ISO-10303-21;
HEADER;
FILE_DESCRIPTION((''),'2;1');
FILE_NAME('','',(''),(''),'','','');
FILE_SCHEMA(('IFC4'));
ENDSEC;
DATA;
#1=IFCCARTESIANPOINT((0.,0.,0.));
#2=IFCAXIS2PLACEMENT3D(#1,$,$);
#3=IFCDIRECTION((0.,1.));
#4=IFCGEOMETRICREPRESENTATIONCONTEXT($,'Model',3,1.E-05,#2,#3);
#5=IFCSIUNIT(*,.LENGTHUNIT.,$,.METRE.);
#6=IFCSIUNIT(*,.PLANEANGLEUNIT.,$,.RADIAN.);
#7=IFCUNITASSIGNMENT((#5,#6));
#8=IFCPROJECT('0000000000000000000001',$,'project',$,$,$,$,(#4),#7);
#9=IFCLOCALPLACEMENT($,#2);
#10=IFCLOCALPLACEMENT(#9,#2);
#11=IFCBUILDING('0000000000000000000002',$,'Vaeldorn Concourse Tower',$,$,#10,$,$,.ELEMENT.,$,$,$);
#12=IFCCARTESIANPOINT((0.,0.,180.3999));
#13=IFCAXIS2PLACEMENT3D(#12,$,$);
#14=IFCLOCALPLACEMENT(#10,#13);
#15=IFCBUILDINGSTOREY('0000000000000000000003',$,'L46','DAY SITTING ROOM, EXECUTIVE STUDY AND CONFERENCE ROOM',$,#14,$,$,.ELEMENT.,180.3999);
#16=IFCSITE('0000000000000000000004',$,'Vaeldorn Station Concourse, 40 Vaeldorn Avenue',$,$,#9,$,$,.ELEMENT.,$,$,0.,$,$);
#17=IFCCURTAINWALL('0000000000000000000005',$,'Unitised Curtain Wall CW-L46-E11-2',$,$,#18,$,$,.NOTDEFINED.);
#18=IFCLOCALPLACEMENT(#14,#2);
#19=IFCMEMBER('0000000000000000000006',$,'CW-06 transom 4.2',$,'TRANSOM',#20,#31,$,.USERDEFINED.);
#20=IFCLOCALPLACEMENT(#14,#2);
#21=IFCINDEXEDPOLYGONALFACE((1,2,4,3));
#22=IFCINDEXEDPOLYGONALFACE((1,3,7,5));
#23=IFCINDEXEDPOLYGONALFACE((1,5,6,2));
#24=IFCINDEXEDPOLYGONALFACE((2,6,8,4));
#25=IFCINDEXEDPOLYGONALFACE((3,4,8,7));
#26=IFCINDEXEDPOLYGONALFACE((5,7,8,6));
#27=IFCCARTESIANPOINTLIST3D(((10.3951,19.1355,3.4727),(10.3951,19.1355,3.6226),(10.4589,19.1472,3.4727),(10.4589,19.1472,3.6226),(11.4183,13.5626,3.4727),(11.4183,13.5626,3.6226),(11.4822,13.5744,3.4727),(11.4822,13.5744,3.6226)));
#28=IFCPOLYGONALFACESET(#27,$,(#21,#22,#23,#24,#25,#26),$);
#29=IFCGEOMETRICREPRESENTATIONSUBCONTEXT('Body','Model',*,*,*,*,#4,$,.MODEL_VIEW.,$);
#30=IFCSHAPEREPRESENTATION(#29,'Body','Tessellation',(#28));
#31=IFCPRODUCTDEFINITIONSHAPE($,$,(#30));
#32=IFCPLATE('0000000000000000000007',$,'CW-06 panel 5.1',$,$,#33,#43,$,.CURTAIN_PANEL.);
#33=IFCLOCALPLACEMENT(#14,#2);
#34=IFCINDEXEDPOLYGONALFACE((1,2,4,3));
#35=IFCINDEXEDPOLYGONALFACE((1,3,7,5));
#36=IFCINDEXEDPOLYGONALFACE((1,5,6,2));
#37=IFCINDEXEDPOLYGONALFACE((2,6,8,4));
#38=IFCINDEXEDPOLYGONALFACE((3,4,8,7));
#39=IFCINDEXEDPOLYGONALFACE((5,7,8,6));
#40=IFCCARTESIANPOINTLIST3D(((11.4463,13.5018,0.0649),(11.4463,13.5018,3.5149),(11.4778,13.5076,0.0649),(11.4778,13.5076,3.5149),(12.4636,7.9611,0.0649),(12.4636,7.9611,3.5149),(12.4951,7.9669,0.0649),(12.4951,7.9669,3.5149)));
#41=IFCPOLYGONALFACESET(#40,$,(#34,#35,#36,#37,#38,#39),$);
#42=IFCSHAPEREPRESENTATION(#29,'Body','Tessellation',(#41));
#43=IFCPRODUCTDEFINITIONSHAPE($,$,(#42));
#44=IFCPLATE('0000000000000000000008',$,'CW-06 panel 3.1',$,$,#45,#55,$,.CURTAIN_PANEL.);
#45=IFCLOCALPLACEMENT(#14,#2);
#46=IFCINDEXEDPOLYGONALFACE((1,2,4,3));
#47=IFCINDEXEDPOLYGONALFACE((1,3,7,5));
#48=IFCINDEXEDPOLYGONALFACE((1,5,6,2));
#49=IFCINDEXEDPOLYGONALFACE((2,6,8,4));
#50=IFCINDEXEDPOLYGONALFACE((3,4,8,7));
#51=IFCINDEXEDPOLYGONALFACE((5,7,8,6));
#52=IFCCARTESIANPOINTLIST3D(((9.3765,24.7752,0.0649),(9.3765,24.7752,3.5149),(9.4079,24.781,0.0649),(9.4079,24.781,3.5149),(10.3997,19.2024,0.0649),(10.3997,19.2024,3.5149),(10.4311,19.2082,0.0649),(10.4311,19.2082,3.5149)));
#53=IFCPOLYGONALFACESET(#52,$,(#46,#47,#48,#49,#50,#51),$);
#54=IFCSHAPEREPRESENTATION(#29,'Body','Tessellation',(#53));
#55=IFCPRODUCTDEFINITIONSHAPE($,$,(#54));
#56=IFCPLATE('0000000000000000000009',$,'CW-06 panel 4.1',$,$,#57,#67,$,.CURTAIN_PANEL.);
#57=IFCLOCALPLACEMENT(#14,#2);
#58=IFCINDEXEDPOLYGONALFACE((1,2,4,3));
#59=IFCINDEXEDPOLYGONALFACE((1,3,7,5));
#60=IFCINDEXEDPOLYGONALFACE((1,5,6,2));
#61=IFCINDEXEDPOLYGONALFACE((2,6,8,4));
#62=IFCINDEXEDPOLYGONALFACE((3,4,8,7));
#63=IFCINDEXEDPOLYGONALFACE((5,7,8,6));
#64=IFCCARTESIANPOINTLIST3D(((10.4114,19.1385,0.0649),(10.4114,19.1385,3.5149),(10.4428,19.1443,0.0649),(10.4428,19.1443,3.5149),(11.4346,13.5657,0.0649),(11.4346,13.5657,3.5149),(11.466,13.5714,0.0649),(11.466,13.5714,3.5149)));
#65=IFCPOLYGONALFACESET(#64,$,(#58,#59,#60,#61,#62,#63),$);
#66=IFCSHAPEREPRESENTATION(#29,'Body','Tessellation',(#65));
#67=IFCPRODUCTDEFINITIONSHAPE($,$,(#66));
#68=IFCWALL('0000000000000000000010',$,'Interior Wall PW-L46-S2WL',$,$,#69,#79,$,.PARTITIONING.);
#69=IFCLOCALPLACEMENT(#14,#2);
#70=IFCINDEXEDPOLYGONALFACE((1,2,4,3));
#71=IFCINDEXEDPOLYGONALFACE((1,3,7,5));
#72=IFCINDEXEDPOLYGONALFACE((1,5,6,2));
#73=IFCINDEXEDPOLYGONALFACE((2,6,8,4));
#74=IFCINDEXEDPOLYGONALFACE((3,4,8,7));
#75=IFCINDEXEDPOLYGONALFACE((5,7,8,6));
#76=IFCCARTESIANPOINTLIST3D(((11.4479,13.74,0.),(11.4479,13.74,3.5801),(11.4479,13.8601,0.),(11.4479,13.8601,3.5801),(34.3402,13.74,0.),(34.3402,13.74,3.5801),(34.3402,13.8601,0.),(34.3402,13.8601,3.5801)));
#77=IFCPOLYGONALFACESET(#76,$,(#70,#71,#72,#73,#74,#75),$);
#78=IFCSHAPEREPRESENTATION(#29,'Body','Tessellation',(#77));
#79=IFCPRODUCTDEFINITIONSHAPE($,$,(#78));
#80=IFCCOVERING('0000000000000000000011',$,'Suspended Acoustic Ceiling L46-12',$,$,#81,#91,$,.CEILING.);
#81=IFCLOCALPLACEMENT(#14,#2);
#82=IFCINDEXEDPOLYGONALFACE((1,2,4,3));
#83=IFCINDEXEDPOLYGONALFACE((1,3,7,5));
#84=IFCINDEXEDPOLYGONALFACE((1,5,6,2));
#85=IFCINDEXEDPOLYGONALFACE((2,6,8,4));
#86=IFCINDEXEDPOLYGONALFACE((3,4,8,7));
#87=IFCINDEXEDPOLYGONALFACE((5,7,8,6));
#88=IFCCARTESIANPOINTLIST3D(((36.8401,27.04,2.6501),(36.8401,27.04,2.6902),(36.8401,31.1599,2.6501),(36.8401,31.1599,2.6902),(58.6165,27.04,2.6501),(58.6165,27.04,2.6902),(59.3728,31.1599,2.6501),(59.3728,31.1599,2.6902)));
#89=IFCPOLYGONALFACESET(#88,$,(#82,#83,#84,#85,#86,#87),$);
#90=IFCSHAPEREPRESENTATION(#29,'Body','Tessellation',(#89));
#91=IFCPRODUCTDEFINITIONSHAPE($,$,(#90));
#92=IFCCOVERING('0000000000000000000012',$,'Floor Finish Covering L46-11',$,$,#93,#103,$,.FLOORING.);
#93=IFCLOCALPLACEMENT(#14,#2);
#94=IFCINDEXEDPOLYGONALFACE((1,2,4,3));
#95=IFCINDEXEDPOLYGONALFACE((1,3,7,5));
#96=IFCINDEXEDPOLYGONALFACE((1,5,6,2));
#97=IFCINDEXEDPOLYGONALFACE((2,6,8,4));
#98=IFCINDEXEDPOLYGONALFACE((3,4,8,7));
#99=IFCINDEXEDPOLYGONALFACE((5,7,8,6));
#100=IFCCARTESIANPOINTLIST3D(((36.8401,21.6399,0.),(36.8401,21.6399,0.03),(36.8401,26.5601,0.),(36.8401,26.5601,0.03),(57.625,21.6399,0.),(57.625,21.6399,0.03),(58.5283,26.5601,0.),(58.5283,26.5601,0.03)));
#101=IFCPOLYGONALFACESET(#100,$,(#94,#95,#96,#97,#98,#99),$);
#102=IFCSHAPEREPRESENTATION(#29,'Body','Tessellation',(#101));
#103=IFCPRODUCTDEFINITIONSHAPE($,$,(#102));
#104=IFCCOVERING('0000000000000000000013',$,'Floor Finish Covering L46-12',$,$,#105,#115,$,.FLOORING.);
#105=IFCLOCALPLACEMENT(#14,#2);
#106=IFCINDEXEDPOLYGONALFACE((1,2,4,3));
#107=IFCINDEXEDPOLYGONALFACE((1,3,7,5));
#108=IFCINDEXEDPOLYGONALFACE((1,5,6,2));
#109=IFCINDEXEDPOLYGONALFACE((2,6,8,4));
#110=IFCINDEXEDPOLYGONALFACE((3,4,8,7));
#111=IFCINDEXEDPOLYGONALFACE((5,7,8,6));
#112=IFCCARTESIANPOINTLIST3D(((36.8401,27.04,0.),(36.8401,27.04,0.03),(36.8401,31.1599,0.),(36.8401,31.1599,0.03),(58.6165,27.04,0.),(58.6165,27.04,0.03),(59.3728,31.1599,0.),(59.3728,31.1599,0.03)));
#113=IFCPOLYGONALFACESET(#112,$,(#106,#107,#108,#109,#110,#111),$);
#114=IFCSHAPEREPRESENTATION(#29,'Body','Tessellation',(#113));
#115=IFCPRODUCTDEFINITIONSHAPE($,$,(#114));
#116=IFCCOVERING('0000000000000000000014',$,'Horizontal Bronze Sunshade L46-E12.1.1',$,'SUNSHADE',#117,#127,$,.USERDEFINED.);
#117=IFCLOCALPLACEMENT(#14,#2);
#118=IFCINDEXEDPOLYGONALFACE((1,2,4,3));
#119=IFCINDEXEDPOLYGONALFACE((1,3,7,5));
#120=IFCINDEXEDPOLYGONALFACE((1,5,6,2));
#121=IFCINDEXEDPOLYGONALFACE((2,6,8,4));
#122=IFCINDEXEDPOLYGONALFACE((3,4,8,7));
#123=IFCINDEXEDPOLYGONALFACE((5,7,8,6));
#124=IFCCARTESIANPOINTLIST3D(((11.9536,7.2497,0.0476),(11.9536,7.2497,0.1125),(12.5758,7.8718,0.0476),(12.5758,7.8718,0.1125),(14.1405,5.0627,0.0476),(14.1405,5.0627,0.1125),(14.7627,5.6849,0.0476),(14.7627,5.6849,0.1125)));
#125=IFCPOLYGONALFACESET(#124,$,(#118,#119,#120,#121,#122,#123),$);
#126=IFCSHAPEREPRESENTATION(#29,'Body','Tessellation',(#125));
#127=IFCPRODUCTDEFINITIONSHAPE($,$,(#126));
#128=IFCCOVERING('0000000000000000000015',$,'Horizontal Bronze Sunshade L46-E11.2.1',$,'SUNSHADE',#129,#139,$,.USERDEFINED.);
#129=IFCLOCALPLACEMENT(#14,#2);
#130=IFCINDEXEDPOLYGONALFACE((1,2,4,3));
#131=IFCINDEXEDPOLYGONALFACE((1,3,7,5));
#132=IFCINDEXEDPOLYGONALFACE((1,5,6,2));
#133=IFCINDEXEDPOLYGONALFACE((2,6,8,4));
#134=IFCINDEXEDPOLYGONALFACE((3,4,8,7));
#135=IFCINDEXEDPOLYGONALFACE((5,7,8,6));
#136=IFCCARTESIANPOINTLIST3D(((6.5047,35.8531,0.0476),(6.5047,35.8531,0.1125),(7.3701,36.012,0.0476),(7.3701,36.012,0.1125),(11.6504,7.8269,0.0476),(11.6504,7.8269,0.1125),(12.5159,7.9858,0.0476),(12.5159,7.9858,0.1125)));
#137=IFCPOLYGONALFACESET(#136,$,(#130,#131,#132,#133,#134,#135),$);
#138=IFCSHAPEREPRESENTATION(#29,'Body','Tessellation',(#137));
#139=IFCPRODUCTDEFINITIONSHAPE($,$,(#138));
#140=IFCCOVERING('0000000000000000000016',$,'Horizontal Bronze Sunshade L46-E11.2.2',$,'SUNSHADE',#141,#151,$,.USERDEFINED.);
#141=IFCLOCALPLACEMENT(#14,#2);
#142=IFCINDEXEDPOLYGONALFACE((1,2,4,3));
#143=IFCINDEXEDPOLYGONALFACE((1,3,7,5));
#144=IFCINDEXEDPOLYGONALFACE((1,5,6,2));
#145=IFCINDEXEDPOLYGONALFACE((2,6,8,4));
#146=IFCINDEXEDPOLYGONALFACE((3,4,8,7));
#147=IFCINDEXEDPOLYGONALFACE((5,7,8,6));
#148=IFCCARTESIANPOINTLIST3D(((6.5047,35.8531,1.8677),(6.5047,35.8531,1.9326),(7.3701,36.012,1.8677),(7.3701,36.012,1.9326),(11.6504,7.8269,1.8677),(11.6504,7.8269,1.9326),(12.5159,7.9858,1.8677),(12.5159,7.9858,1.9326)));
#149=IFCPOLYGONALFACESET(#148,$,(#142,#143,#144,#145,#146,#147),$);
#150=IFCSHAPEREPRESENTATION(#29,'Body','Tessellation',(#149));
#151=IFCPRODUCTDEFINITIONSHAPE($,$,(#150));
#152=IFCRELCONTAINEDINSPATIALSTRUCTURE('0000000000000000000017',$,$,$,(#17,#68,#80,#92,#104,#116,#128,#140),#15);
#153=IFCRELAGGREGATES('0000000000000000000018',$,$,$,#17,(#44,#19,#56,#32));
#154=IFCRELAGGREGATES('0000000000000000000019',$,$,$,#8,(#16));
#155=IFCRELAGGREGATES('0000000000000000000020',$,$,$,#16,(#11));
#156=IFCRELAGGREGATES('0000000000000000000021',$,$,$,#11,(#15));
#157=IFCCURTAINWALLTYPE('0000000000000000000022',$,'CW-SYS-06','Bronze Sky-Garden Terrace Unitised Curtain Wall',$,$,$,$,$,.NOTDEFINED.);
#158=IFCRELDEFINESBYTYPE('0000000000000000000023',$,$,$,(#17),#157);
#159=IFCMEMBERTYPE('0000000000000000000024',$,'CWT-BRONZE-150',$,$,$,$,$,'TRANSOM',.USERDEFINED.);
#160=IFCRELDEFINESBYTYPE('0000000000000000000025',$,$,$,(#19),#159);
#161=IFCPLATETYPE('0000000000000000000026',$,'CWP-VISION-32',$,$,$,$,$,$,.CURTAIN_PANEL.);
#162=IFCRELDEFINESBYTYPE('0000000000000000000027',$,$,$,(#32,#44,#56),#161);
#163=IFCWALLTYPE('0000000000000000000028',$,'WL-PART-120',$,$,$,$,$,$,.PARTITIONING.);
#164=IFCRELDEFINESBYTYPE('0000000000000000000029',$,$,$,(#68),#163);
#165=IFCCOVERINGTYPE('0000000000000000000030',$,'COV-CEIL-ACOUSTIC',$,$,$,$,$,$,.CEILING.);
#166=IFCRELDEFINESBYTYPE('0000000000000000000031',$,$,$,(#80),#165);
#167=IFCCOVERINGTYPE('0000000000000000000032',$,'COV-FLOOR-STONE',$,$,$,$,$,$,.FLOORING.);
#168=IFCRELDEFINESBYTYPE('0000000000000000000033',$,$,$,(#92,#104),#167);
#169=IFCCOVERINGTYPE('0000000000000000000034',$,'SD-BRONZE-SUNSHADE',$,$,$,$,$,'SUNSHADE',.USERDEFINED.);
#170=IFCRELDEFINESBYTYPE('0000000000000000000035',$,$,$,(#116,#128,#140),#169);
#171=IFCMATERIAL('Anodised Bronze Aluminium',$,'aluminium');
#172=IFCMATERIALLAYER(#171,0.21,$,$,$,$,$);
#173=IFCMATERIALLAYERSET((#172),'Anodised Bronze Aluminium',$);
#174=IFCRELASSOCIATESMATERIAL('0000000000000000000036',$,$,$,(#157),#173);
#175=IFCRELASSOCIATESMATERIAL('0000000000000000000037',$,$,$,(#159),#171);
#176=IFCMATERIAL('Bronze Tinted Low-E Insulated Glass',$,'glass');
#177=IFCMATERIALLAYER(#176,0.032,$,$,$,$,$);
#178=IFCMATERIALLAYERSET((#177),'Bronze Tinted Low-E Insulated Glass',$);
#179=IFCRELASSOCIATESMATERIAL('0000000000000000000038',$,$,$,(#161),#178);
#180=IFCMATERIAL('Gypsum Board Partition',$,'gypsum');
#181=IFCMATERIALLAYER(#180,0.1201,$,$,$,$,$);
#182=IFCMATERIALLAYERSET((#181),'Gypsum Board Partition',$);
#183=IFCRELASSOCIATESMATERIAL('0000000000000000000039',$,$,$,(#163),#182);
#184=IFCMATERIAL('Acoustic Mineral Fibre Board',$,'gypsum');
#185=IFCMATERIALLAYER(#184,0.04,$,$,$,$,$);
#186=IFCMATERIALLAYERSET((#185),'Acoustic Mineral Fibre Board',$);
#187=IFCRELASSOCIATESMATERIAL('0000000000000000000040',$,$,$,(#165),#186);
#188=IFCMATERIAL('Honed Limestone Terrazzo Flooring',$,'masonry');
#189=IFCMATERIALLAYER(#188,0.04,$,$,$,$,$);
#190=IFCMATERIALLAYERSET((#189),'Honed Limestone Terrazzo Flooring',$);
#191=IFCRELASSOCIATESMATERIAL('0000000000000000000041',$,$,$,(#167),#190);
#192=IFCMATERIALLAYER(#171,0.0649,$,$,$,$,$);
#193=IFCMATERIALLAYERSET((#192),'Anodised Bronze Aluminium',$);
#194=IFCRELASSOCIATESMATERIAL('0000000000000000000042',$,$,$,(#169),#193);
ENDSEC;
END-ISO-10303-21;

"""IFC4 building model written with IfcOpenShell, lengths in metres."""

from ifc_helpers import new_model, si_unit, direction, frame, frame_2d, origin, origin_2d, place, context, subcontext, project, spatial, polyline, rectangle, outline, extrude, source, transform, mapped, material, layer, layer_set, material_profile, profile_set, type_object, element, aggregate, save


model = new_model("IFC4")

# Units and contexts
model_context = context("Model", 3, precision=1e-05, world=origin(), true_north=direction((0.0, 1.0)))
body_context = subcontext(model_context, "Body", "Model", "MODEL_VIEW")
ifc_project = project(units=[si_unit("LENGTHUNIT", "METRE"), si_unit("PLANEANGLEUNIT", "RADIAN")], contexts=[model_context])

# Site, building, storey
site_placement = place(None, origin())
site = spatial("IfcSite", under=ifc_project, at=site_placement, Name="Vaeldorn Station Concourse, 40 Vaeldorn Avenue", CompositionType="ELEMENT", RefElevation=0.0)
building_placement = place(site_placement, origin())
building = spatial("IfcBuilding", under=site, at=building_placement, Name="Vaeldorn Concourse Tower", CompositionType="ELEMENT")
storey_placement = place(building_placement, frame((0.0, 0.0, 180.3999)))
storey = spatial("IfcBuildingStorey", under=building, at=storey_placement, Name="L46", Description="DAY SITTING ROOM, EXECUTIVE STUDY AND CONFERENCE ROOM", CompositionType="ELEMENT", Elevation=180.3999)

# Curtain wall
ifc_material_1 = material(Name="Anodised Bronze Aluminium", Category="aluminium")
ifc_layer_1 = layer(ifc_material_1, 0.21)
ifc_layer_set_1 = layer_set([ifc_layer_1], Name="Anodised Bronze Aluminium")
curtain_wall_type = type_object("IfcCurtainWallType", Name="CW-SYS-06", Description="Bronze Sky-Garden Terrace Unitised Curtain Wall", PredefinedType="NOTDEFINED", material=ifc_layer_set_1)
curtain_wall_1_placement = place(storey_placement, origin())
curtain_wall_1 = element("IfcCurtainWall", 1, at=curtain_wall_1_placement, inside=storey, type_object=curtain_wall_type, Name="Unitised Curtain Wall CW-L46-E11-2", PredefinedType="NOTDEFINED")
ifc_material_profile_1 = material_profile(ifc_material_1, rectangle(XDim=0.0649, YDim=0.1499, at=origin_2d()), Name="CWT 65x150")
ifc_profile_set_1 = profile_set([ifc_material_profile_1], Name="Anodised Bronze Aluminium")
member_type_1 = type_object("IfcMemberType", Name="CWT-BRONZE-150", ElementType="TRANSOM", PredefinedType="USERDEFINED", material=ifc_profile_set_1)

# Member
shared_shape_1 = source(origin(), body_context, "Body", "SweptSolid", [
    extrude(rectangle(XDim=0.0649, YDim=0.1499, at=origin_2d()), origin(), (0.0, 0.0, 1.0), 5.666),
])
member_1_placement = place(storey_placement, frame((10.427, 19.1414, 3.5476), z_axis=(0.180588, -0.983559, 0.0), x_axis=(0.983559, 0.180588, 0.0)))
member_1 = element("IfcMember", 2, at=member_1_placement, type_object=member_type_1, Name="CW-06 transom 4.2", ObjectType="TRANSOM", PredefinedType="USERDEFINED", context=body_context, shape_type="MappedRepresentation", body=[
    mapped(shared_shape_1, transform((0.0, 0.0, 0.0), scale=1.0)),
])

# Plates
ifc_material_2 = material(Name="Bronze Tinted Low-E Insulated Glass", Category="glass")
ifc_layer_2 = layer(ifc_material_2, 0.032)
ifc_layer_set_2 = layer_set([ifc_layer_2], Name="Bronze Tinted Low-E Insulated Glass")
plate_type = type_object("IfcPlateType", Name="CWP-VISION-32", PredefinedType="CURTAIN_PANEL", material=ifc_layer_set_2)
shared_shape_2 = source(origin(), body_context, "Body", "SweptSolid", [
    extrude(rectangle(XDim=5.6333, YDim=0.032, at=origin_2d()), origin(), (0.0, 0.0, 1.0), 3.45),
])
plate_1_placement = place(storey_placement, frame((11.9707, 10.7344, 0.0649), z_axis=(0.0, 0.0, 1.0), x_axis=(0.180585, -0.983559, 0.0)))
plate_1 = element("IfcPlate", 3, at=plate_1_placement, type_object=plate_type, Name="CW-06 panel 5.1", PredefinedType="CURTAIN_PANEL", context=body_context, shape_type="MappedRepresentation", body=[
    mapped(shared_shape_2, transform((0.0, 0.0, 0.0), scale=1.0)),
])
shared_shape_3 = source(origin(), body_context, "Body", "SweptSolid", [
    extrude(rectangle(XDim=5.666, YDim=0.032, at=origin_2d()), origin(), (0.0, 0.0, 1.0), 3.45),
])
plate_2_placement = place(storey_placement, frame((9.9038, 21.9917, 0.0649), z_axis=(0.0, 0.0, 1.0), x_axis=(0.180585, -0.983559, 0.0)))
plate_2 = element("IfcPlate", 4, at=plate_2_placement, type_object=plate_type, Name="CW-06 panel 3.1", PredefinedType="CURTAIN_PANEL", context=body_context, shape_type="MappedRepresentation", body=[
    mapped(shared_shape_3, transform((0.0, 0.0, 0.0), scale=1.0)),
])
plate_3_placement = place(storey_placement, frame((10.9387, 16.355, 0.0649), z_axis=(0.0, 0.0, 1.0), x_axis=(0.180585, -0.983559, 0.0)))
plate_3 = element("IfcPlate", 5, at=plate_3_placement, type_object=plate_type, Name="CW-06 panel 4.1", PredefinedType="CURTAIN_PANEL", context=body_context, shape_type="MappedRepresentation", body=[
    mapped(shared_shape_3, transform((0.0, 0.0, 0.0), scale=1.0)),
])
aggregate(curtain_wall_1, [plate_2, member_1, plate_3, plate_1])

# Wall
ifc_material_3 = material(Name="Gypsum Board Partition", Category="gypsum")
ifc_layer_3 = layer(ifc_material_3, 0.1201)
ifc_layer_set_3 = layer_set([ifc_layer_3], Name="Gypsum Board Partition")
wall_type = type_object("IfcWallType", Name="WL-PART-120", PredefinedType="PARTITIONING", material=ifc_layer_set_3)
wall_placement = place(storey_placement, frame((11.4478, 13.8, 0.0), z_axis=(0.0, 0.0, 1.0), x_axis=(1.0, 0.0, 0.0)))
element("IfcWall", 6, at=wall_placement, inside=storey, type_object=wall_type, Name="Interior Wall PW-L46-S2WL", PredefinedType="PARTITIONING", context=body_context, shape_type="SweptSolid", body=[
    extrude(rectangle(XDim=22.8923, YDim=0.1201, at=frame_2d((11.4463, 0.0))), origin(), (0.0, 0.0, 1.0), 3.5801),
])

# Coverings
ifc_material_4 = material(Name="Acoustic Mineral Fibre Board", Category="gypsum")
ifc_layer_4 = layer(ifc_material_4, 0.04)
ifc_layer_set_4 = layer_set([ifc_layer_4], Name="Acoustic Mineral Fibre Board")
covering_type_1 = type_object("IfcCoveringType", Name="COV-CEIL-ACOUSTIC", PredefinedType="CEILING", material=ifc_layer_set_4)
covering_1_placement = place(storey_placement, frame((0.0, 0.0, 2.6501)))
element("IfcCovering", 7, at=covering_1_placement, inside=storey, type_object=covering_type_1, Name="Suspended Acoustic Ceiling L46-12", PredefinedType="CEILING", context=body_context, shape_type="SweptSolid", body=[
    extrude(outline(polyline([(36.8401, 31.1599), (59.3728, 31.1599), (58.6165, 27.04), (36.8401, 27.04), (36.8401, 31.1599)])), origin(), (0.0, 0.0, 1.0), 0.04),
])
ifc_material_5 = material(Name="Honed Limestone Terrazzo Flooring", Category="masonry")
ifc_layer_5 = layer(ifc_material_5, 0.04)
ifc_layer_set_5 = layer_set([ifc_layer_5], Name="Honed Limestone Terrazzo Flooring")
covering_type_2 = type_object("IfcCoveringType", Name="COV-FLOOR-STONE", PredefinedType="FLOORING", material=ifc_layer_set_5)
covering_2_placement = place(storey_placement, origin())
element("IfcCovering", 8, at=covering_2_placement, inside=storey, type_object=covering_type_2, Name="Floor Finish Covering L46-11", PredefinedType="FLOORING", context=body_context, shape_type="SweptSolid", body=[
    extrude(outline(polyline([(36.8401, 21.6399), (36.8401, 26.5601), (58.5283, 26.5601), (57.625, 21.6399), (36.8401, 21.6399)])), origin(), (0.0, 0.0, 1.0), 0.03),
])
covering_3_placement = place(storey_placement, origin())
element("IfcCovering", 9, at=covering_3_placement, inside=storey, type_object=covering_type_2, Name="Floor Finish Covering L46-12", PredefinedType="FLOORING", context=body_context, shape_type="SweptSolid", body=[
    extrude(outline(polyline([(36.8401, 31.1599), (59.3728, 31.1599), (58.6165, 27.04), (36.8401, 27.04), (36.8401, 31.1599)])), origin(), (0.0, 0.0, 1.0), 0.03),
])
ifc_layer_6 = layer(ifc_material_1, 0.0649)
ifc_layer_set_6 = layer_set([ifc_layer_6], Name="Anodised Bronze Aluminium")
covering_type_3 = type_object("IfcCoveringType", Name="SD-BRONZE-SUNSHADE", ElementType="SUNSHADE", PredefinedType="USERDEFINED", material=ifc_layer_set_6)
shared_shape_4 = source(origin(), body_context, "Body", "SweptSolid", [
    extrude(rectangle(XDim=3.0928, YDim=0.8799, at=origin_2d()), origin(), (0.0, 0.0, 1.0), 0.0649),
])
covering_4_placement = place(storey_placement, frame((13.3582, 6.4673, 0.0476), z_axis=(0.0, 0.0, 1.0), x_axis=(0.707107, -0.707107, 0.0)))
element("IfcCovering", 10, at=covering_4_placement, inside=storey, type_object=covering_type_3, Name="Horizontal Bronze Sunshade L46-E12.1.1", ObjectType="SUNSHADE", PredefinedType="USERDEFINED", context=body_context, shape_type="MappedRepresentation", body=[
    mapped(shared_shape_4, transform((0.0, 0.0, 0.0), scale=1.0)),
])
shared_shape_5 = source(origin(), body_context, "Body", "SweptSolid", [
    extrude(rectangle(XDim=28.4946, YDim=0.8799, at=origin_2d()), origin(), (0.0, 0.0, 1.0), 0.0649),
])
for number, where, z_axis, x_axis, name in (
    (11, (9.5103, 21.9194, 0.0476), (0.0, 0.0, 1.0), (0.180588, -0.983559, 0.0), "Horizontal Bronze Sunshade L46-E11.2.1"),
    (12, (9.5103, 21.9194, 1.8677), (0.0, 0.0, 1.0), (0.180588, -0.983559, 0.0), "Horizontal Bronze Sunshade L46-E11.2.2"),
):
    element("IfcCovering", number, at=place(storey_placement, frame(where, z_axis=z_axis, x_axis=x_axis)), inside=storey, type_object=covering_type_3, Name=name, ObjectType="SUNSHADE", PredefinedType="USERDEFINED", context=body_context, shape_type="MappedRepresentation", body=[
        mapped(shared_shape_5, transform((0.0, 0.0, 0.0), scale=1.0)),
    ])

save(model, "model.ifc")
